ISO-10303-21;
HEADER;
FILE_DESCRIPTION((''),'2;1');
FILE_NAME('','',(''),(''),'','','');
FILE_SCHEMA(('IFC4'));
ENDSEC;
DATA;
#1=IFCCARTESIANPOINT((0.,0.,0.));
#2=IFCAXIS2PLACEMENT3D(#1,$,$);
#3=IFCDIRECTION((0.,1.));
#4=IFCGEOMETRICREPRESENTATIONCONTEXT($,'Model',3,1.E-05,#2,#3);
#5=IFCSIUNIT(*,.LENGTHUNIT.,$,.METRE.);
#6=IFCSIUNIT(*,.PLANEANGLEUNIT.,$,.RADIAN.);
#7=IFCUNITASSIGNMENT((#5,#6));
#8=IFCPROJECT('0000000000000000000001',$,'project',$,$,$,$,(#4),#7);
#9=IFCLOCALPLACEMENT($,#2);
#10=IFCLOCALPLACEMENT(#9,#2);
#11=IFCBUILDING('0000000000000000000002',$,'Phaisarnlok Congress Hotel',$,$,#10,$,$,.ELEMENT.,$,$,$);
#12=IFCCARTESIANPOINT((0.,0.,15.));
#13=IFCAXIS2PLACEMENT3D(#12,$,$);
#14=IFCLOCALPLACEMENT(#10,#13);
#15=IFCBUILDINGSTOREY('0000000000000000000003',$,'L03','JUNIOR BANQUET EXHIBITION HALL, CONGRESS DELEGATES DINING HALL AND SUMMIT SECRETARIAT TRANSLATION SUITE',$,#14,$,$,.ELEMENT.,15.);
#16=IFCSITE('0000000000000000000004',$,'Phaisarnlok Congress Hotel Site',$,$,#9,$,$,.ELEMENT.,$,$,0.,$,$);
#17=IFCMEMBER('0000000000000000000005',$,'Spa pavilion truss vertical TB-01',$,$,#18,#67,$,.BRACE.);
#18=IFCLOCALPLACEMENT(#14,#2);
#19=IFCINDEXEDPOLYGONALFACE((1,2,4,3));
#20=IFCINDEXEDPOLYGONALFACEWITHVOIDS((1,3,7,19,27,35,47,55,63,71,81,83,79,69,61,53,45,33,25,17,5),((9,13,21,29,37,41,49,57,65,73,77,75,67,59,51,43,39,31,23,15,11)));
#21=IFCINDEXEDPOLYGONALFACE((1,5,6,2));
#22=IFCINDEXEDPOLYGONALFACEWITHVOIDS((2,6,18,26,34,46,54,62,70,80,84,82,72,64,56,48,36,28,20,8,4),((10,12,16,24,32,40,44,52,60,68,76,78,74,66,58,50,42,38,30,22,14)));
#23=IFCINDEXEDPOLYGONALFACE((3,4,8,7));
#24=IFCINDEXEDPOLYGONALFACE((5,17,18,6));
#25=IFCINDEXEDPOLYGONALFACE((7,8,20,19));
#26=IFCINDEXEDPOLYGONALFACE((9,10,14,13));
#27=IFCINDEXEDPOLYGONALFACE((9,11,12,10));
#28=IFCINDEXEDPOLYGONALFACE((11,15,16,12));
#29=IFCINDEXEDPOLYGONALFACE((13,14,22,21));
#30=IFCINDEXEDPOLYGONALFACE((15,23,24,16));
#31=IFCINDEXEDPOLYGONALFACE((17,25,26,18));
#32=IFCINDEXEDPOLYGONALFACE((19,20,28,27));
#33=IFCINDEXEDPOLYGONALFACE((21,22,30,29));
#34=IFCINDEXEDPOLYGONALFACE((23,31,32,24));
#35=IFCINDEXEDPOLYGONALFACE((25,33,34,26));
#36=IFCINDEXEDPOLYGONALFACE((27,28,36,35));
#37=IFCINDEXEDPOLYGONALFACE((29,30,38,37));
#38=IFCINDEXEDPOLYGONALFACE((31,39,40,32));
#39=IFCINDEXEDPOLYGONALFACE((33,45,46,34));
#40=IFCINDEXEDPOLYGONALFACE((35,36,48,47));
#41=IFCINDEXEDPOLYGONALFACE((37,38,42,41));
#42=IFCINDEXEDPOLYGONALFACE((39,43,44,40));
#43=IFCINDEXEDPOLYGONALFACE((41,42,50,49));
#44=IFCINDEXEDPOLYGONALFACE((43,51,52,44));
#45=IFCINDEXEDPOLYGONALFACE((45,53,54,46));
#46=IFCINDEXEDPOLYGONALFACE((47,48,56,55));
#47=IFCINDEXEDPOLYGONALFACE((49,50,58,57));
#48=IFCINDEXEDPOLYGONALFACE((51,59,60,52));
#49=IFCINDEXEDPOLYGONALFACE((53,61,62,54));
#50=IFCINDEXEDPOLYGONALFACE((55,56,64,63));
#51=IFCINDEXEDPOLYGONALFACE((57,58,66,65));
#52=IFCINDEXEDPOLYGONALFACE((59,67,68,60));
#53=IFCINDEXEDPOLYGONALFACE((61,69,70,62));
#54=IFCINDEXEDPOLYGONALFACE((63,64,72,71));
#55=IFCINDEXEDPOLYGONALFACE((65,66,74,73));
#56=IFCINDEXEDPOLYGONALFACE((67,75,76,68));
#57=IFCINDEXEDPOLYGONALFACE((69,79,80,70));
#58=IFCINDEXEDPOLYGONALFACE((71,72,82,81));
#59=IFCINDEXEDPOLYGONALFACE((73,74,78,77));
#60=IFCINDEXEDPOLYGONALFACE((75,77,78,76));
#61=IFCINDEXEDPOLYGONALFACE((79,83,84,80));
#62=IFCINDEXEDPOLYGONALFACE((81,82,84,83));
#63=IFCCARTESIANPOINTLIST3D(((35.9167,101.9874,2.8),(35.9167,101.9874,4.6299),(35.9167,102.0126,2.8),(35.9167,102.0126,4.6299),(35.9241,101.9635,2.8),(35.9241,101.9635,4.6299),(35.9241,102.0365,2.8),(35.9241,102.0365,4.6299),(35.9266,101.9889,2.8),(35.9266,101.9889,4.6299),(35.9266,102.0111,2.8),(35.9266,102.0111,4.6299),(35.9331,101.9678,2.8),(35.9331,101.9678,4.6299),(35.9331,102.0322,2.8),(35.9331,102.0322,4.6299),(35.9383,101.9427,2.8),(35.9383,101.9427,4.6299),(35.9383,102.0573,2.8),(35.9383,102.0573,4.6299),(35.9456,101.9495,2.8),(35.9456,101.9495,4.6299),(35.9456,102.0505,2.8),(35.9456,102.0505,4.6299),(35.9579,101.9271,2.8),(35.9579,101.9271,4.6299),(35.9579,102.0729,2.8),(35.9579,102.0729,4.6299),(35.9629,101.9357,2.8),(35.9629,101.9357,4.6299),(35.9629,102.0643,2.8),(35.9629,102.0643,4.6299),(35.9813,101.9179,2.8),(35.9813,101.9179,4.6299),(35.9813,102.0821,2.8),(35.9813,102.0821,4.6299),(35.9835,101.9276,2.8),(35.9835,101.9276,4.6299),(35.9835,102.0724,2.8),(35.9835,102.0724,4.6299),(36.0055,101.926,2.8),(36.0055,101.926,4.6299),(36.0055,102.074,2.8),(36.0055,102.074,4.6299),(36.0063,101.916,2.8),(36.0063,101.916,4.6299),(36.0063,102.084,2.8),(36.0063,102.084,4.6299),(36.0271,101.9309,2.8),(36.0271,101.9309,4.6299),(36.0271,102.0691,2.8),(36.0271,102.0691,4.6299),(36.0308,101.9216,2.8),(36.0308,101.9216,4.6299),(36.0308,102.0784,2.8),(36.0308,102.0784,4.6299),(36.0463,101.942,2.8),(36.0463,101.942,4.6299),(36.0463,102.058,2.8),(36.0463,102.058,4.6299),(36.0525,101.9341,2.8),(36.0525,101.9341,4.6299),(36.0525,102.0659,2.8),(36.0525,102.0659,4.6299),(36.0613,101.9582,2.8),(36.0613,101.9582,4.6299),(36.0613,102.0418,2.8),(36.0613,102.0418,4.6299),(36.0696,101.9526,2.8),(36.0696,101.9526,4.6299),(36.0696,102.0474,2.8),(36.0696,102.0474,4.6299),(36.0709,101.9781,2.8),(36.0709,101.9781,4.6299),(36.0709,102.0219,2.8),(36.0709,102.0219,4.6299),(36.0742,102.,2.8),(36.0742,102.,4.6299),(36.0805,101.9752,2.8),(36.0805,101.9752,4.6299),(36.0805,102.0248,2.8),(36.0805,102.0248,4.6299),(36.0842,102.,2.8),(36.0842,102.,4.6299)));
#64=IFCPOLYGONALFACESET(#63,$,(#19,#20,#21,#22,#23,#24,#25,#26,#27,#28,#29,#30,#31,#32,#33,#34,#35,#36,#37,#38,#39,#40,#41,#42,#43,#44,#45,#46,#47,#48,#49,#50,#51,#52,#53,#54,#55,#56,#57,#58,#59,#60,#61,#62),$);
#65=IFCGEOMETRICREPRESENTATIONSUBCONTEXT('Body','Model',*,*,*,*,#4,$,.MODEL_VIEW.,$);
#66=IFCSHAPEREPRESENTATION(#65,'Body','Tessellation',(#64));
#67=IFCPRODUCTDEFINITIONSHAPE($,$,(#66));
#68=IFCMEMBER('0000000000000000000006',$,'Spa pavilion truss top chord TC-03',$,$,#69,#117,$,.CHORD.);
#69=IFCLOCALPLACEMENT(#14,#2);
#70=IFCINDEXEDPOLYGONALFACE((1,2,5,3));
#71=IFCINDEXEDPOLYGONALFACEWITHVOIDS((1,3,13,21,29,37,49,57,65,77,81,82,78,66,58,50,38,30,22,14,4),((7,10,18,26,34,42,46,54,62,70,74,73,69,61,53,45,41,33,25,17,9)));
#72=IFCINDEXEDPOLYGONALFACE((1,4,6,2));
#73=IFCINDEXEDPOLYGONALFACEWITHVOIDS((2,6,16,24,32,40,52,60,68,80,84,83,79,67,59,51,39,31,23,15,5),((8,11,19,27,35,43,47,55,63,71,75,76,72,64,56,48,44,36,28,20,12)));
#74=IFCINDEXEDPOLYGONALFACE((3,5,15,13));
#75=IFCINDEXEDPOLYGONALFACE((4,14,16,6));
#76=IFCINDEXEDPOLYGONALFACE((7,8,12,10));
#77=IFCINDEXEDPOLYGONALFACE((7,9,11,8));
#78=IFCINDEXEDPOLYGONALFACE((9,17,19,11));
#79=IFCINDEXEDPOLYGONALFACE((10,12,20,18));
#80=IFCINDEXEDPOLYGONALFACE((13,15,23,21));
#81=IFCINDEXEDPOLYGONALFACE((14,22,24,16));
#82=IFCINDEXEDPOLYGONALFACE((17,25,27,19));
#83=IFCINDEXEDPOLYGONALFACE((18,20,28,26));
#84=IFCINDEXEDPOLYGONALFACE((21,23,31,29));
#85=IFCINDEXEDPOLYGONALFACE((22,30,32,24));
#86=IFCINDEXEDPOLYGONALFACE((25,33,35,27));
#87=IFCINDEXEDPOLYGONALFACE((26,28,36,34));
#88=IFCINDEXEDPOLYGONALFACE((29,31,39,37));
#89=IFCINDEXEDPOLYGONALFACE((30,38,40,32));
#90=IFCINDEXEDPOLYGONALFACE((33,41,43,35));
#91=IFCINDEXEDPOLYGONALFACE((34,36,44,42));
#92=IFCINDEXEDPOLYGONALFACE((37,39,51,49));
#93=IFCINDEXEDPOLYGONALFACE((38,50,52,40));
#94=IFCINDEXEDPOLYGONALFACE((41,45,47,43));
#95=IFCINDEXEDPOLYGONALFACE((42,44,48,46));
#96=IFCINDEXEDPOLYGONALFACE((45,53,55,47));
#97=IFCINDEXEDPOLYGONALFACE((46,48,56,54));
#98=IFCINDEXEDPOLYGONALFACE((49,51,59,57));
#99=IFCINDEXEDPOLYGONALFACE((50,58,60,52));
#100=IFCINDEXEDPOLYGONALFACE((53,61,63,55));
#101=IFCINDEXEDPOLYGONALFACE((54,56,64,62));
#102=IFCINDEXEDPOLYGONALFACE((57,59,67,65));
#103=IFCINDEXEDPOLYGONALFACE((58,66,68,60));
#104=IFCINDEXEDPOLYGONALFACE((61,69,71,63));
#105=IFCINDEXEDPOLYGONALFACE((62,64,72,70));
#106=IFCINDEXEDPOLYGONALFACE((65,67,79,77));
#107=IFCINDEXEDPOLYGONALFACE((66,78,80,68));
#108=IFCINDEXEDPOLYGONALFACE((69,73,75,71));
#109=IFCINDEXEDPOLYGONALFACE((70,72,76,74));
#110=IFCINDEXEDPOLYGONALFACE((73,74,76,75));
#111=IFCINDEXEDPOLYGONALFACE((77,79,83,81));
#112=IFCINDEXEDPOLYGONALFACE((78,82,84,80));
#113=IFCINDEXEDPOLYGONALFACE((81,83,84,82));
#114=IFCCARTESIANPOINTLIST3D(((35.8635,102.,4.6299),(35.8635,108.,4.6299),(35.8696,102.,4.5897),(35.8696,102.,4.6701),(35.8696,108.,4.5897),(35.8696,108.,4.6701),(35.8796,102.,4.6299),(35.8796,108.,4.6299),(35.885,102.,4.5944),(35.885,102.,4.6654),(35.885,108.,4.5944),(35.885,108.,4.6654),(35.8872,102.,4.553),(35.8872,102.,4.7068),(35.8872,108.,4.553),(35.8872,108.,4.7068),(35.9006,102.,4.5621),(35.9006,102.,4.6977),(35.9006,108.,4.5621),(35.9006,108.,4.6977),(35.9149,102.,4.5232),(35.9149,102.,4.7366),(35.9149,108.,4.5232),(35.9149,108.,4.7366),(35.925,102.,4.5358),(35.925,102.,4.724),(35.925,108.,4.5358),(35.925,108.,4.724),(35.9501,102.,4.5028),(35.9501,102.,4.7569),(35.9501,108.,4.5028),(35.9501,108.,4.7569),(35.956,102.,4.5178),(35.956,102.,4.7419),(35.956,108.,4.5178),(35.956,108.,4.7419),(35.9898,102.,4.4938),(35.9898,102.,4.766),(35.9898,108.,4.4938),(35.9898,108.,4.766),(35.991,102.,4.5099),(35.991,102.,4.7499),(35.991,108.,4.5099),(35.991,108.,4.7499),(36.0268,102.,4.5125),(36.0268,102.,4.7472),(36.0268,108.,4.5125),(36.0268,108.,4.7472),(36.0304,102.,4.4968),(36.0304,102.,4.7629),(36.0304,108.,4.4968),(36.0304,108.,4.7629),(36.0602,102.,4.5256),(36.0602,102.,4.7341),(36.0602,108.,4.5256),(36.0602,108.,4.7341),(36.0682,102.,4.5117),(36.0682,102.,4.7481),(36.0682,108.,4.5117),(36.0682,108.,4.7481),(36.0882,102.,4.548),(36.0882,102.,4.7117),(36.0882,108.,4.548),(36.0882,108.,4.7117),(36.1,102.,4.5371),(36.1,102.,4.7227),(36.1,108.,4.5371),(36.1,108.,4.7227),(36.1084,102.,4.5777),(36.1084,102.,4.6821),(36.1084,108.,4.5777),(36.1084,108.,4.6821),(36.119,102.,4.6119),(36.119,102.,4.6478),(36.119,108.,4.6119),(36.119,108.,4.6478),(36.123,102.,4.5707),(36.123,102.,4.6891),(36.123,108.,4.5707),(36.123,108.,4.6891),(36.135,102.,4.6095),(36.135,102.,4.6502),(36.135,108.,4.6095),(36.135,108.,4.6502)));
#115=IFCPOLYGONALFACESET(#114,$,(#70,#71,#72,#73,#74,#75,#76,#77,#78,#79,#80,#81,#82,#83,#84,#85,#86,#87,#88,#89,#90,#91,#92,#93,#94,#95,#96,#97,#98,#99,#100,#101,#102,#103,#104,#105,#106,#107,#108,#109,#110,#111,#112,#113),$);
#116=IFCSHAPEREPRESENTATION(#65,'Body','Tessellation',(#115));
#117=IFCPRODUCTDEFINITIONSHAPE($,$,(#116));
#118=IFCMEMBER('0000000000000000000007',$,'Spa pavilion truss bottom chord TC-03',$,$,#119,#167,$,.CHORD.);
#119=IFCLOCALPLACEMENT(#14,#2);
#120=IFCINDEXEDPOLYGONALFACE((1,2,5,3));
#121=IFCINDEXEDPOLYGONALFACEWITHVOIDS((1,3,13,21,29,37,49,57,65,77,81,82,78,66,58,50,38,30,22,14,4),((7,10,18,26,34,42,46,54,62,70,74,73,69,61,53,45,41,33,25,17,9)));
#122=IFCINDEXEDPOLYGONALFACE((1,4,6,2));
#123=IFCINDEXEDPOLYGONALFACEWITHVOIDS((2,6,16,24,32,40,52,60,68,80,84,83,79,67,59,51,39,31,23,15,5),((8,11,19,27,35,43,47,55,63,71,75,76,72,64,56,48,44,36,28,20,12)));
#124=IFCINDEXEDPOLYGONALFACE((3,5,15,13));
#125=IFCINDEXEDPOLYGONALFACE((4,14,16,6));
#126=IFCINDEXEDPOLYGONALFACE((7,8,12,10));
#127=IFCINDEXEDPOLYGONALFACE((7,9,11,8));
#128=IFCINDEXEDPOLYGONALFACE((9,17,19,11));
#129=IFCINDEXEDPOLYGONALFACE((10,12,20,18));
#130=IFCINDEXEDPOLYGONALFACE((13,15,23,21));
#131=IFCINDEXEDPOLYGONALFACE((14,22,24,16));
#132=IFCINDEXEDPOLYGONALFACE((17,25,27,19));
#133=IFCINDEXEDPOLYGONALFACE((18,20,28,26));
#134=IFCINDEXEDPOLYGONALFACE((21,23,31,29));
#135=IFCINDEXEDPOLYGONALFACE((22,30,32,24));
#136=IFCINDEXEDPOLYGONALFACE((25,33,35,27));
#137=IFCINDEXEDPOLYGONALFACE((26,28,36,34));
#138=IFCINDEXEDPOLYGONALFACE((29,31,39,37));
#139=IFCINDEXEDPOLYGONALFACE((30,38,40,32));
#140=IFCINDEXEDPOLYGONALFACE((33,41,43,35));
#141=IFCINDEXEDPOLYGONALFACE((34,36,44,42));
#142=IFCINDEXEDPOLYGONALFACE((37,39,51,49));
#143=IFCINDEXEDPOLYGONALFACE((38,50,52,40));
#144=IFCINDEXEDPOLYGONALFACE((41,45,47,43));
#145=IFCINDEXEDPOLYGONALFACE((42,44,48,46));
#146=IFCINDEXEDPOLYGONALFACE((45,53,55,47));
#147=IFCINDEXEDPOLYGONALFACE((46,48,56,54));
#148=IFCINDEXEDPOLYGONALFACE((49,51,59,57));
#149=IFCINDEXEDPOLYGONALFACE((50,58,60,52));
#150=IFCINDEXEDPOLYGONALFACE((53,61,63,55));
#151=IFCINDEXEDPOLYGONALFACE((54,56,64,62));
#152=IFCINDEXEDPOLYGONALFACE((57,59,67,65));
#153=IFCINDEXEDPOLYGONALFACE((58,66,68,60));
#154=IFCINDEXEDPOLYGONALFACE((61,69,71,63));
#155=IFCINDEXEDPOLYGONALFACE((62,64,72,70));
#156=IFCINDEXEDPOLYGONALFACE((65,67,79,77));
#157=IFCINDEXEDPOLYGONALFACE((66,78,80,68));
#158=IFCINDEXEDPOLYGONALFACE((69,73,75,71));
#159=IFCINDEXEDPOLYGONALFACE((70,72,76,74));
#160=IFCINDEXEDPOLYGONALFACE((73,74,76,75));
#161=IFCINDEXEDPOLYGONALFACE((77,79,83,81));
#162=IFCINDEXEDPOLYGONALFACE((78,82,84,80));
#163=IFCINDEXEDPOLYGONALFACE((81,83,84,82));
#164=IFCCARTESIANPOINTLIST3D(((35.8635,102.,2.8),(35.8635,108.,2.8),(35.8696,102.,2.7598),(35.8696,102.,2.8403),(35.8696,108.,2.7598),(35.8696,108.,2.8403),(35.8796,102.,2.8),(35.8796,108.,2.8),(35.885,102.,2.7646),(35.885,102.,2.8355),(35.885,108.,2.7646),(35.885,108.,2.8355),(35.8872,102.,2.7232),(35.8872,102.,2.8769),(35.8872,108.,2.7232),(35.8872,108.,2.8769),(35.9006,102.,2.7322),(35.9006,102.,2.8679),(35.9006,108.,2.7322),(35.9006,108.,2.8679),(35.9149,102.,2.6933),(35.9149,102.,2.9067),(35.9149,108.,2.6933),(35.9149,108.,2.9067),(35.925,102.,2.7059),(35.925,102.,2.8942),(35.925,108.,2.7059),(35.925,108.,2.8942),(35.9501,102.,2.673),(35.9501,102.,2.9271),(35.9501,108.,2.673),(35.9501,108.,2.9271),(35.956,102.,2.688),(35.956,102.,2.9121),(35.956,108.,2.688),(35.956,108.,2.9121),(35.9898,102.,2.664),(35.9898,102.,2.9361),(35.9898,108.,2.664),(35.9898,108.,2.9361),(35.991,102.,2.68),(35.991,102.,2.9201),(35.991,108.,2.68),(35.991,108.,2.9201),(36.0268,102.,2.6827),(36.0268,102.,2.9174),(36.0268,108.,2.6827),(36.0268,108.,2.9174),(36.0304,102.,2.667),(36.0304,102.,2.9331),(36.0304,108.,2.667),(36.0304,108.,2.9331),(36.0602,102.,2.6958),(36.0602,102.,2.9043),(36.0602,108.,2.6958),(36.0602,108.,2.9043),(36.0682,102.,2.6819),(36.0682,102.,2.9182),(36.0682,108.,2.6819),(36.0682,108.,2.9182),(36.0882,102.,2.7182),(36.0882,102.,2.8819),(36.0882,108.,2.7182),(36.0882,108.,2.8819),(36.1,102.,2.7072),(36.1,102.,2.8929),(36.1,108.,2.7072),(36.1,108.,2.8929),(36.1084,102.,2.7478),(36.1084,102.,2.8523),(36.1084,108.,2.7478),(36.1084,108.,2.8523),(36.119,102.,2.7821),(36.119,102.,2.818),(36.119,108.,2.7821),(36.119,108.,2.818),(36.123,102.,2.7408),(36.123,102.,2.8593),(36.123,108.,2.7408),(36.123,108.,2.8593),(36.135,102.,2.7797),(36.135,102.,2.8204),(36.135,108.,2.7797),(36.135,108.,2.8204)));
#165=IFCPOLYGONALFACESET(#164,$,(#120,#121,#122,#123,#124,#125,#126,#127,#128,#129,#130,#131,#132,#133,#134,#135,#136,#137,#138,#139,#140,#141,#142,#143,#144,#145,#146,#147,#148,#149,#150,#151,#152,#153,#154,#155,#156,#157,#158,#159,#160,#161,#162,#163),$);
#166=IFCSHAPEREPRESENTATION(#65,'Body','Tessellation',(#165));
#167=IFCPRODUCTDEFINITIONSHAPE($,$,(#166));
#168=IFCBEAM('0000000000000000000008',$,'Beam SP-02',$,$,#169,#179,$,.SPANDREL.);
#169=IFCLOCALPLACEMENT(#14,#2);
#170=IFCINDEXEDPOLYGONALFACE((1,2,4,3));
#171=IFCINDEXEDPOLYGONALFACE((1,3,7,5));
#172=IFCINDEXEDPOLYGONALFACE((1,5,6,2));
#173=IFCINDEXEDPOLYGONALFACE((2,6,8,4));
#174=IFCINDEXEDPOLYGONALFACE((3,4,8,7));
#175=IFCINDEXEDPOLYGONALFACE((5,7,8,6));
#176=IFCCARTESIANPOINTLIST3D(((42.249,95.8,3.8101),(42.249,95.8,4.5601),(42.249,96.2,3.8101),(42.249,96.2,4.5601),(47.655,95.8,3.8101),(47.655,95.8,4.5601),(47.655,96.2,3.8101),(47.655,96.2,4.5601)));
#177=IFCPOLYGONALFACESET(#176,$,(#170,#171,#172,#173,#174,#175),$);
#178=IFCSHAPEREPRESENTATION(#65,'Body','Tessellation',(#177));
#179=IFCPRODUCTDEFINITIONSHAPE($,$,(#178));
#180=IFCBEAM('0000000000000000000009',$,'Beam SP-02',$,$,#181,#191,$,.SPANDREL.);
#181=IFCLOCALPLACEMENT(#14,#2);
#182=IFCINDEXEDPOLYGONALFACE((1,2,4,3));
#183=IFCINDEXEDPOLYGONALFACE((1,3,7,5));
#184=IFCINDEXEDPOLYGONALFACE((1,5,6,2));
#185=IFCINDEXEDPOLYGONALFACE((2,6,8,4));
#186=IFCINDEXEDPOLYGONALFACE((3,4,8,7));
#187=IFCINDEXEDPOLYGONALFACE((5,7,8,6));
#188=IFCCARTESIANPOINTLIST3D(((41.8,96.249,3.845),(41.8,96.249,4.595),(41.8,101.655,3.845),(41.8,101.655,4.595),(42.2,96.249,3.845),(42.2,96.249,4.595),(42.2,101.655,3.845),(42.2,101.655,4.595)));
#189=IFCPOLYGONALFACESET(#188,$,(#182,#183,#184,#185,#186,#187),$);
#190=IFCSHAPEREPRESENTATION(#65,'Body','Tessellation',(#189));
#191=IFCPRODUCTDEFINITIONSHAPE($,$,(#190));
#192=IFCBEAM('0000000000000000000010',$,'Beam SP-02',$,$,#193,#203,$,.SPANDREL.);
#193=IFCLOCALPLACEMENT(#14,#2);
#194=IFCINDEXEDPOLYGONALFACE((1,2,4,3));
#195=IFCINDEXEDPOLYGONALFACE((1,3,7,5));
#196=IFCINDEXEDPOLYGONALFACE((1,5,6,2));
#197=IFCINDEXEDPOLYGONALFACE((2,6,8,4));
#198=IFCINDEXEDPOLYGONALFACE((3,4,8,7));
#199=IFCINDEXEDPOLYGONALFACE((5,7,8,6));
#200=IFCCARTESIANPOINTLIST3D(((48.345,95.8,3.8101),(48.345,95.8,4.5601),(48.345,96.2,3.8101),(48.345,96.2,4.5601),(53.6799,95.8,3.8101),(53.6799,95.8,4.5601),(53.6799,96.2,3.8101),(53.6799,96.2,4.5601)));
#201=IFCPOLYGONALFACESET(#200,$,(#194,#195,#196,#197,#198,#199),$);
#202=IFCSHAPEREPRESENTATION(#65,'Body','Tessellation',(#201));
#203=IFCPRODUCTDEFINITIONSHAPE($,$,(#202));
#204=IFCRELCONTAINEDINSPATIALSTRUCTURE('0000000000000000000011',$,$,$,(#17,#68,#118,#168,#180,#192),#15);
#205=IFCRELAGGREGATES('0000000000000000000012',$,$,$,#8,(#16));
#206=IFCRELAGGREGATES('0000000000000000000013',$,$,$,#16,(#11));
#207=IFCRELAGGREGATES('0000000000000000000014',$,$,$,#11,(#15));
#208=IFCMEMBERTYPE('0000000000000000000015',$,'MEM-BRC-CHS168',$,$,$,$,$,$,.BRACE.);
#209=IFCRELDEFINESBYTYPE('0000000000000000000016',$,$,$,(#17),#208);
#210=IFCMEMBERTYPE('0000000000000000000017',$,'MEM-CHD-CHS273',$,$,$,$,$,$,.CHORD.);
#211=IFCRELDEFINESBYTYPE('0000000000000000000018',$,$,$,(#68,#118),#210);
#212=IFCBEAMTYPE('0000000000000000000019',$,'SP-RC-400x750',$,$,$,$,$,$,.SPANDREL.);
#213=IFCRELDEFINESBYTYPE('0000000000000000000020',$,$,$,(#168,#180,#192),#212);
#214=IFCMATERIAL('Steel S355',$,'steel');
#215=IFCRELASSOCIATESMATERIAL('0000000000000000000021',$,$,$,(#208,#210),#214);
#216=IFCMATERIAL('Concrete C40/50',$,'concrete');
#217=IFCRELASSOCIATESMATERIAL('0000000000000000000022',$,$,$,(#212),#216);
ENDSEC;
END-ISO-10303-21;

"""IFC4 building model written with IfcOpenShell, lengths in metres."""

from ifc_helpers import new_model, si_unit, direction, frame, origin, origin_2d, place, context, subcontext, project, spatial, rectangle, hollow_circle, extrude, material, material_profile, profile_set, type_object, element, save


model = new_model("IFC4")

# Units and contexts
model_context = context("Model", 3, precision=1e-05, world=origin(), true_north=direction((0.0, 1.0)))
body_context = subcontext(model_context, "Body", "Model", "MODEL_VIEW")
ifc_project = project(units=[si_unit("LENGTHUNIT", "METRE"), si_unit("PLANEANGLEUNIT", "RADIAN")], contexts=[model_context])

# Site, building, storey
site_placement = place(None, origin())
site = spatial("IfcSite", under=ifc_project, at=site_placement, Name="Phaisarnlok Congress Hotel Site", CompositionType="ELEMENT", RefElevation=0.0)
building_placement = place(site_placement, origin())
building = spatial("IfcBuilding", under=site, at=building_placement, Name="Phaisarnlok Congress Hotel", CompositionType="ELEMENT")
storey_placement = place(building_placement, frame((0.0, 0.0, 15.0)))
storey = spatial("IfcBuildingStorey", under=building, at=storey_placement, Name="L03", Description="JUNIOR BANQUET EXHIBITION HALL, CONGRESS DELEGATES DINING HALL AND SUMMIT SECRETARIAT TRANSLATION SUITE", CompositionType="ELEMENT", Elevation=15.0)

# Shared definitions
ifc_material_1 = material(Name="Steel S355", Category="steel")

# Shared definitions
ifc_material_2 = material(Name="Concrete C40/50", Category="concrete")

# Members
ifc_material_profile_1 = material_profile(ifc_material_1, hollow_circle(Radius=0.0842, WallThickness=0.01, at=origin_2d()), Name="CHS 168.3x10")
ifc_profile_set_1 = profile_set([ifc_material_profile_1], Name="Steel S355")
member_type_1 = type_object("IfcMemberType", Name="MEM-BRC-CHS168", PredefinedType="BRACE", material=ifc_profile_set_1)
member_1_placement = place(storey_placement, frame((36.0, 102.0, 2.8), z_axis=(0.0, 0.0, 1.0), x_axis=(1.0, 0.0, 0.0)))
element("IfcMember", 1, at=member_1_placement, inside=storey, type_object=member_type_1, Name="Spa pavilion truss vertical TB-01", PredefinedType="BRACE", context=body_context, shape_type="SweptSolid", body=[
    extrude(hollow_circle(Radius=0.0842, WallThickness=0.01, at=origin_2d()), origin(), (0.0, 0.0, 1.0), 1.8298),
])
ifc_material_profile_2 = material_profile(ifc_material_1, hollow_circle(Radius=0.1365, WallThickness=0.0161, at=origin_2d()), Name="CHS 273x16")
ifc_profile_set_2 = profile_set([ifc_material_profile_2], Name="Steel S355")
member_type_2 = type_object("IfcMemberType", Name="MEM-CHD-CHS273", PredefinedType="CHORD", material=ifc_profile_set_2)
for number, where, z_axis, x_axis, name in (
    (2, (36.0, 102.0, 4.6299), (0.0, 1.0, 0.0), (-1.0, 0.0, 0.0), "Spa pavilion truss top chord TC-03"),
    (3, (36.0, 102.0, 2.8), (0.0, 1.0, 0.0), (-1.0, 0.0, 0.0), "Spa pavilion truss bottom chord TC-03"),
):
    element("IfcMember", number, at=place(storey_placement, frame(where, z_axis=z_axis, x_axis=x_axis)), inside=storey, type_object=member_type_2, Name=name, PredefinedType="CHORD", context=body_context, shape_type="SweptSolid", body=[
        extrude(hollow_circle(Radius=0.1365, WallThickness=0.0161, at=origin_2d()), origin(), (0.0, 0.0, 1.0), 6.0),
    ])

# Beams
ifc_material_profile_3 = material_profile(ifc_material_2, rectangle(XDim=0.3999, YDim=0.75, at=origin_2d()), Name="RC 400x750")
ifc_profile_set_3 = profile_set([ifc_material_profile_3], Name="Concrete C40/50")
beam_type_1 = type_object("IfcBeamType", Name="SP-RC-400x750", PredefinedType="SPANDREL", material=ifc_profile_set_3)
for number, where, z_axis, x_axis, name in (
    (4, (42.249, 96.0, 4.1851), (1.0, 0.0, 0.0), (0.0, 1.0, 0.0), "Beam SP-02"),
    (5, (42.0, 96.249, 4.22), (0.0, 1.0, 0.0), (-1.0, 0.0, 0.0), "Beam SP-02"),
):
    element("IfcBeam", number, at=place(storey_placement, frame(where, z_axis=z_axis, x_axis=x_axis)), inside=storey, type_object=beam_type_1, Name=name, PredefinedType="SPANDREL", context=body_context, shape_type="SweptSolid", body=[
        extrude(rectangle(XDim=0.3999, YDim=0.75, at=origin_2d()), origin(), (0.0, 0.0, 1.0), 5.406),
    ])
for number, where, z_axis, x_axis, name in (
    (6, (48.345, 96.0, 4.1851), (1.0, 0.0, 0.0), (0.0, 1.0, 0.0), "Beam SP-02"),
):
    element("IfcBeam", number, at=place(storey_placement, frame(where, z_axis=z_axis, x_axis=x_axis)), inside=storey, type_object=beam_type_1, Name=name, PredefinedType="SPANDREL", context=body_context, shape_type="SweptSolid", body=[
        extrude(rectangle(XDim=0.3999, YDim=0.75, at=origin_2d()), origin(), (0.0, 0.0, 1.0), 5.335),
    ])

save(model, "model.ifc")
